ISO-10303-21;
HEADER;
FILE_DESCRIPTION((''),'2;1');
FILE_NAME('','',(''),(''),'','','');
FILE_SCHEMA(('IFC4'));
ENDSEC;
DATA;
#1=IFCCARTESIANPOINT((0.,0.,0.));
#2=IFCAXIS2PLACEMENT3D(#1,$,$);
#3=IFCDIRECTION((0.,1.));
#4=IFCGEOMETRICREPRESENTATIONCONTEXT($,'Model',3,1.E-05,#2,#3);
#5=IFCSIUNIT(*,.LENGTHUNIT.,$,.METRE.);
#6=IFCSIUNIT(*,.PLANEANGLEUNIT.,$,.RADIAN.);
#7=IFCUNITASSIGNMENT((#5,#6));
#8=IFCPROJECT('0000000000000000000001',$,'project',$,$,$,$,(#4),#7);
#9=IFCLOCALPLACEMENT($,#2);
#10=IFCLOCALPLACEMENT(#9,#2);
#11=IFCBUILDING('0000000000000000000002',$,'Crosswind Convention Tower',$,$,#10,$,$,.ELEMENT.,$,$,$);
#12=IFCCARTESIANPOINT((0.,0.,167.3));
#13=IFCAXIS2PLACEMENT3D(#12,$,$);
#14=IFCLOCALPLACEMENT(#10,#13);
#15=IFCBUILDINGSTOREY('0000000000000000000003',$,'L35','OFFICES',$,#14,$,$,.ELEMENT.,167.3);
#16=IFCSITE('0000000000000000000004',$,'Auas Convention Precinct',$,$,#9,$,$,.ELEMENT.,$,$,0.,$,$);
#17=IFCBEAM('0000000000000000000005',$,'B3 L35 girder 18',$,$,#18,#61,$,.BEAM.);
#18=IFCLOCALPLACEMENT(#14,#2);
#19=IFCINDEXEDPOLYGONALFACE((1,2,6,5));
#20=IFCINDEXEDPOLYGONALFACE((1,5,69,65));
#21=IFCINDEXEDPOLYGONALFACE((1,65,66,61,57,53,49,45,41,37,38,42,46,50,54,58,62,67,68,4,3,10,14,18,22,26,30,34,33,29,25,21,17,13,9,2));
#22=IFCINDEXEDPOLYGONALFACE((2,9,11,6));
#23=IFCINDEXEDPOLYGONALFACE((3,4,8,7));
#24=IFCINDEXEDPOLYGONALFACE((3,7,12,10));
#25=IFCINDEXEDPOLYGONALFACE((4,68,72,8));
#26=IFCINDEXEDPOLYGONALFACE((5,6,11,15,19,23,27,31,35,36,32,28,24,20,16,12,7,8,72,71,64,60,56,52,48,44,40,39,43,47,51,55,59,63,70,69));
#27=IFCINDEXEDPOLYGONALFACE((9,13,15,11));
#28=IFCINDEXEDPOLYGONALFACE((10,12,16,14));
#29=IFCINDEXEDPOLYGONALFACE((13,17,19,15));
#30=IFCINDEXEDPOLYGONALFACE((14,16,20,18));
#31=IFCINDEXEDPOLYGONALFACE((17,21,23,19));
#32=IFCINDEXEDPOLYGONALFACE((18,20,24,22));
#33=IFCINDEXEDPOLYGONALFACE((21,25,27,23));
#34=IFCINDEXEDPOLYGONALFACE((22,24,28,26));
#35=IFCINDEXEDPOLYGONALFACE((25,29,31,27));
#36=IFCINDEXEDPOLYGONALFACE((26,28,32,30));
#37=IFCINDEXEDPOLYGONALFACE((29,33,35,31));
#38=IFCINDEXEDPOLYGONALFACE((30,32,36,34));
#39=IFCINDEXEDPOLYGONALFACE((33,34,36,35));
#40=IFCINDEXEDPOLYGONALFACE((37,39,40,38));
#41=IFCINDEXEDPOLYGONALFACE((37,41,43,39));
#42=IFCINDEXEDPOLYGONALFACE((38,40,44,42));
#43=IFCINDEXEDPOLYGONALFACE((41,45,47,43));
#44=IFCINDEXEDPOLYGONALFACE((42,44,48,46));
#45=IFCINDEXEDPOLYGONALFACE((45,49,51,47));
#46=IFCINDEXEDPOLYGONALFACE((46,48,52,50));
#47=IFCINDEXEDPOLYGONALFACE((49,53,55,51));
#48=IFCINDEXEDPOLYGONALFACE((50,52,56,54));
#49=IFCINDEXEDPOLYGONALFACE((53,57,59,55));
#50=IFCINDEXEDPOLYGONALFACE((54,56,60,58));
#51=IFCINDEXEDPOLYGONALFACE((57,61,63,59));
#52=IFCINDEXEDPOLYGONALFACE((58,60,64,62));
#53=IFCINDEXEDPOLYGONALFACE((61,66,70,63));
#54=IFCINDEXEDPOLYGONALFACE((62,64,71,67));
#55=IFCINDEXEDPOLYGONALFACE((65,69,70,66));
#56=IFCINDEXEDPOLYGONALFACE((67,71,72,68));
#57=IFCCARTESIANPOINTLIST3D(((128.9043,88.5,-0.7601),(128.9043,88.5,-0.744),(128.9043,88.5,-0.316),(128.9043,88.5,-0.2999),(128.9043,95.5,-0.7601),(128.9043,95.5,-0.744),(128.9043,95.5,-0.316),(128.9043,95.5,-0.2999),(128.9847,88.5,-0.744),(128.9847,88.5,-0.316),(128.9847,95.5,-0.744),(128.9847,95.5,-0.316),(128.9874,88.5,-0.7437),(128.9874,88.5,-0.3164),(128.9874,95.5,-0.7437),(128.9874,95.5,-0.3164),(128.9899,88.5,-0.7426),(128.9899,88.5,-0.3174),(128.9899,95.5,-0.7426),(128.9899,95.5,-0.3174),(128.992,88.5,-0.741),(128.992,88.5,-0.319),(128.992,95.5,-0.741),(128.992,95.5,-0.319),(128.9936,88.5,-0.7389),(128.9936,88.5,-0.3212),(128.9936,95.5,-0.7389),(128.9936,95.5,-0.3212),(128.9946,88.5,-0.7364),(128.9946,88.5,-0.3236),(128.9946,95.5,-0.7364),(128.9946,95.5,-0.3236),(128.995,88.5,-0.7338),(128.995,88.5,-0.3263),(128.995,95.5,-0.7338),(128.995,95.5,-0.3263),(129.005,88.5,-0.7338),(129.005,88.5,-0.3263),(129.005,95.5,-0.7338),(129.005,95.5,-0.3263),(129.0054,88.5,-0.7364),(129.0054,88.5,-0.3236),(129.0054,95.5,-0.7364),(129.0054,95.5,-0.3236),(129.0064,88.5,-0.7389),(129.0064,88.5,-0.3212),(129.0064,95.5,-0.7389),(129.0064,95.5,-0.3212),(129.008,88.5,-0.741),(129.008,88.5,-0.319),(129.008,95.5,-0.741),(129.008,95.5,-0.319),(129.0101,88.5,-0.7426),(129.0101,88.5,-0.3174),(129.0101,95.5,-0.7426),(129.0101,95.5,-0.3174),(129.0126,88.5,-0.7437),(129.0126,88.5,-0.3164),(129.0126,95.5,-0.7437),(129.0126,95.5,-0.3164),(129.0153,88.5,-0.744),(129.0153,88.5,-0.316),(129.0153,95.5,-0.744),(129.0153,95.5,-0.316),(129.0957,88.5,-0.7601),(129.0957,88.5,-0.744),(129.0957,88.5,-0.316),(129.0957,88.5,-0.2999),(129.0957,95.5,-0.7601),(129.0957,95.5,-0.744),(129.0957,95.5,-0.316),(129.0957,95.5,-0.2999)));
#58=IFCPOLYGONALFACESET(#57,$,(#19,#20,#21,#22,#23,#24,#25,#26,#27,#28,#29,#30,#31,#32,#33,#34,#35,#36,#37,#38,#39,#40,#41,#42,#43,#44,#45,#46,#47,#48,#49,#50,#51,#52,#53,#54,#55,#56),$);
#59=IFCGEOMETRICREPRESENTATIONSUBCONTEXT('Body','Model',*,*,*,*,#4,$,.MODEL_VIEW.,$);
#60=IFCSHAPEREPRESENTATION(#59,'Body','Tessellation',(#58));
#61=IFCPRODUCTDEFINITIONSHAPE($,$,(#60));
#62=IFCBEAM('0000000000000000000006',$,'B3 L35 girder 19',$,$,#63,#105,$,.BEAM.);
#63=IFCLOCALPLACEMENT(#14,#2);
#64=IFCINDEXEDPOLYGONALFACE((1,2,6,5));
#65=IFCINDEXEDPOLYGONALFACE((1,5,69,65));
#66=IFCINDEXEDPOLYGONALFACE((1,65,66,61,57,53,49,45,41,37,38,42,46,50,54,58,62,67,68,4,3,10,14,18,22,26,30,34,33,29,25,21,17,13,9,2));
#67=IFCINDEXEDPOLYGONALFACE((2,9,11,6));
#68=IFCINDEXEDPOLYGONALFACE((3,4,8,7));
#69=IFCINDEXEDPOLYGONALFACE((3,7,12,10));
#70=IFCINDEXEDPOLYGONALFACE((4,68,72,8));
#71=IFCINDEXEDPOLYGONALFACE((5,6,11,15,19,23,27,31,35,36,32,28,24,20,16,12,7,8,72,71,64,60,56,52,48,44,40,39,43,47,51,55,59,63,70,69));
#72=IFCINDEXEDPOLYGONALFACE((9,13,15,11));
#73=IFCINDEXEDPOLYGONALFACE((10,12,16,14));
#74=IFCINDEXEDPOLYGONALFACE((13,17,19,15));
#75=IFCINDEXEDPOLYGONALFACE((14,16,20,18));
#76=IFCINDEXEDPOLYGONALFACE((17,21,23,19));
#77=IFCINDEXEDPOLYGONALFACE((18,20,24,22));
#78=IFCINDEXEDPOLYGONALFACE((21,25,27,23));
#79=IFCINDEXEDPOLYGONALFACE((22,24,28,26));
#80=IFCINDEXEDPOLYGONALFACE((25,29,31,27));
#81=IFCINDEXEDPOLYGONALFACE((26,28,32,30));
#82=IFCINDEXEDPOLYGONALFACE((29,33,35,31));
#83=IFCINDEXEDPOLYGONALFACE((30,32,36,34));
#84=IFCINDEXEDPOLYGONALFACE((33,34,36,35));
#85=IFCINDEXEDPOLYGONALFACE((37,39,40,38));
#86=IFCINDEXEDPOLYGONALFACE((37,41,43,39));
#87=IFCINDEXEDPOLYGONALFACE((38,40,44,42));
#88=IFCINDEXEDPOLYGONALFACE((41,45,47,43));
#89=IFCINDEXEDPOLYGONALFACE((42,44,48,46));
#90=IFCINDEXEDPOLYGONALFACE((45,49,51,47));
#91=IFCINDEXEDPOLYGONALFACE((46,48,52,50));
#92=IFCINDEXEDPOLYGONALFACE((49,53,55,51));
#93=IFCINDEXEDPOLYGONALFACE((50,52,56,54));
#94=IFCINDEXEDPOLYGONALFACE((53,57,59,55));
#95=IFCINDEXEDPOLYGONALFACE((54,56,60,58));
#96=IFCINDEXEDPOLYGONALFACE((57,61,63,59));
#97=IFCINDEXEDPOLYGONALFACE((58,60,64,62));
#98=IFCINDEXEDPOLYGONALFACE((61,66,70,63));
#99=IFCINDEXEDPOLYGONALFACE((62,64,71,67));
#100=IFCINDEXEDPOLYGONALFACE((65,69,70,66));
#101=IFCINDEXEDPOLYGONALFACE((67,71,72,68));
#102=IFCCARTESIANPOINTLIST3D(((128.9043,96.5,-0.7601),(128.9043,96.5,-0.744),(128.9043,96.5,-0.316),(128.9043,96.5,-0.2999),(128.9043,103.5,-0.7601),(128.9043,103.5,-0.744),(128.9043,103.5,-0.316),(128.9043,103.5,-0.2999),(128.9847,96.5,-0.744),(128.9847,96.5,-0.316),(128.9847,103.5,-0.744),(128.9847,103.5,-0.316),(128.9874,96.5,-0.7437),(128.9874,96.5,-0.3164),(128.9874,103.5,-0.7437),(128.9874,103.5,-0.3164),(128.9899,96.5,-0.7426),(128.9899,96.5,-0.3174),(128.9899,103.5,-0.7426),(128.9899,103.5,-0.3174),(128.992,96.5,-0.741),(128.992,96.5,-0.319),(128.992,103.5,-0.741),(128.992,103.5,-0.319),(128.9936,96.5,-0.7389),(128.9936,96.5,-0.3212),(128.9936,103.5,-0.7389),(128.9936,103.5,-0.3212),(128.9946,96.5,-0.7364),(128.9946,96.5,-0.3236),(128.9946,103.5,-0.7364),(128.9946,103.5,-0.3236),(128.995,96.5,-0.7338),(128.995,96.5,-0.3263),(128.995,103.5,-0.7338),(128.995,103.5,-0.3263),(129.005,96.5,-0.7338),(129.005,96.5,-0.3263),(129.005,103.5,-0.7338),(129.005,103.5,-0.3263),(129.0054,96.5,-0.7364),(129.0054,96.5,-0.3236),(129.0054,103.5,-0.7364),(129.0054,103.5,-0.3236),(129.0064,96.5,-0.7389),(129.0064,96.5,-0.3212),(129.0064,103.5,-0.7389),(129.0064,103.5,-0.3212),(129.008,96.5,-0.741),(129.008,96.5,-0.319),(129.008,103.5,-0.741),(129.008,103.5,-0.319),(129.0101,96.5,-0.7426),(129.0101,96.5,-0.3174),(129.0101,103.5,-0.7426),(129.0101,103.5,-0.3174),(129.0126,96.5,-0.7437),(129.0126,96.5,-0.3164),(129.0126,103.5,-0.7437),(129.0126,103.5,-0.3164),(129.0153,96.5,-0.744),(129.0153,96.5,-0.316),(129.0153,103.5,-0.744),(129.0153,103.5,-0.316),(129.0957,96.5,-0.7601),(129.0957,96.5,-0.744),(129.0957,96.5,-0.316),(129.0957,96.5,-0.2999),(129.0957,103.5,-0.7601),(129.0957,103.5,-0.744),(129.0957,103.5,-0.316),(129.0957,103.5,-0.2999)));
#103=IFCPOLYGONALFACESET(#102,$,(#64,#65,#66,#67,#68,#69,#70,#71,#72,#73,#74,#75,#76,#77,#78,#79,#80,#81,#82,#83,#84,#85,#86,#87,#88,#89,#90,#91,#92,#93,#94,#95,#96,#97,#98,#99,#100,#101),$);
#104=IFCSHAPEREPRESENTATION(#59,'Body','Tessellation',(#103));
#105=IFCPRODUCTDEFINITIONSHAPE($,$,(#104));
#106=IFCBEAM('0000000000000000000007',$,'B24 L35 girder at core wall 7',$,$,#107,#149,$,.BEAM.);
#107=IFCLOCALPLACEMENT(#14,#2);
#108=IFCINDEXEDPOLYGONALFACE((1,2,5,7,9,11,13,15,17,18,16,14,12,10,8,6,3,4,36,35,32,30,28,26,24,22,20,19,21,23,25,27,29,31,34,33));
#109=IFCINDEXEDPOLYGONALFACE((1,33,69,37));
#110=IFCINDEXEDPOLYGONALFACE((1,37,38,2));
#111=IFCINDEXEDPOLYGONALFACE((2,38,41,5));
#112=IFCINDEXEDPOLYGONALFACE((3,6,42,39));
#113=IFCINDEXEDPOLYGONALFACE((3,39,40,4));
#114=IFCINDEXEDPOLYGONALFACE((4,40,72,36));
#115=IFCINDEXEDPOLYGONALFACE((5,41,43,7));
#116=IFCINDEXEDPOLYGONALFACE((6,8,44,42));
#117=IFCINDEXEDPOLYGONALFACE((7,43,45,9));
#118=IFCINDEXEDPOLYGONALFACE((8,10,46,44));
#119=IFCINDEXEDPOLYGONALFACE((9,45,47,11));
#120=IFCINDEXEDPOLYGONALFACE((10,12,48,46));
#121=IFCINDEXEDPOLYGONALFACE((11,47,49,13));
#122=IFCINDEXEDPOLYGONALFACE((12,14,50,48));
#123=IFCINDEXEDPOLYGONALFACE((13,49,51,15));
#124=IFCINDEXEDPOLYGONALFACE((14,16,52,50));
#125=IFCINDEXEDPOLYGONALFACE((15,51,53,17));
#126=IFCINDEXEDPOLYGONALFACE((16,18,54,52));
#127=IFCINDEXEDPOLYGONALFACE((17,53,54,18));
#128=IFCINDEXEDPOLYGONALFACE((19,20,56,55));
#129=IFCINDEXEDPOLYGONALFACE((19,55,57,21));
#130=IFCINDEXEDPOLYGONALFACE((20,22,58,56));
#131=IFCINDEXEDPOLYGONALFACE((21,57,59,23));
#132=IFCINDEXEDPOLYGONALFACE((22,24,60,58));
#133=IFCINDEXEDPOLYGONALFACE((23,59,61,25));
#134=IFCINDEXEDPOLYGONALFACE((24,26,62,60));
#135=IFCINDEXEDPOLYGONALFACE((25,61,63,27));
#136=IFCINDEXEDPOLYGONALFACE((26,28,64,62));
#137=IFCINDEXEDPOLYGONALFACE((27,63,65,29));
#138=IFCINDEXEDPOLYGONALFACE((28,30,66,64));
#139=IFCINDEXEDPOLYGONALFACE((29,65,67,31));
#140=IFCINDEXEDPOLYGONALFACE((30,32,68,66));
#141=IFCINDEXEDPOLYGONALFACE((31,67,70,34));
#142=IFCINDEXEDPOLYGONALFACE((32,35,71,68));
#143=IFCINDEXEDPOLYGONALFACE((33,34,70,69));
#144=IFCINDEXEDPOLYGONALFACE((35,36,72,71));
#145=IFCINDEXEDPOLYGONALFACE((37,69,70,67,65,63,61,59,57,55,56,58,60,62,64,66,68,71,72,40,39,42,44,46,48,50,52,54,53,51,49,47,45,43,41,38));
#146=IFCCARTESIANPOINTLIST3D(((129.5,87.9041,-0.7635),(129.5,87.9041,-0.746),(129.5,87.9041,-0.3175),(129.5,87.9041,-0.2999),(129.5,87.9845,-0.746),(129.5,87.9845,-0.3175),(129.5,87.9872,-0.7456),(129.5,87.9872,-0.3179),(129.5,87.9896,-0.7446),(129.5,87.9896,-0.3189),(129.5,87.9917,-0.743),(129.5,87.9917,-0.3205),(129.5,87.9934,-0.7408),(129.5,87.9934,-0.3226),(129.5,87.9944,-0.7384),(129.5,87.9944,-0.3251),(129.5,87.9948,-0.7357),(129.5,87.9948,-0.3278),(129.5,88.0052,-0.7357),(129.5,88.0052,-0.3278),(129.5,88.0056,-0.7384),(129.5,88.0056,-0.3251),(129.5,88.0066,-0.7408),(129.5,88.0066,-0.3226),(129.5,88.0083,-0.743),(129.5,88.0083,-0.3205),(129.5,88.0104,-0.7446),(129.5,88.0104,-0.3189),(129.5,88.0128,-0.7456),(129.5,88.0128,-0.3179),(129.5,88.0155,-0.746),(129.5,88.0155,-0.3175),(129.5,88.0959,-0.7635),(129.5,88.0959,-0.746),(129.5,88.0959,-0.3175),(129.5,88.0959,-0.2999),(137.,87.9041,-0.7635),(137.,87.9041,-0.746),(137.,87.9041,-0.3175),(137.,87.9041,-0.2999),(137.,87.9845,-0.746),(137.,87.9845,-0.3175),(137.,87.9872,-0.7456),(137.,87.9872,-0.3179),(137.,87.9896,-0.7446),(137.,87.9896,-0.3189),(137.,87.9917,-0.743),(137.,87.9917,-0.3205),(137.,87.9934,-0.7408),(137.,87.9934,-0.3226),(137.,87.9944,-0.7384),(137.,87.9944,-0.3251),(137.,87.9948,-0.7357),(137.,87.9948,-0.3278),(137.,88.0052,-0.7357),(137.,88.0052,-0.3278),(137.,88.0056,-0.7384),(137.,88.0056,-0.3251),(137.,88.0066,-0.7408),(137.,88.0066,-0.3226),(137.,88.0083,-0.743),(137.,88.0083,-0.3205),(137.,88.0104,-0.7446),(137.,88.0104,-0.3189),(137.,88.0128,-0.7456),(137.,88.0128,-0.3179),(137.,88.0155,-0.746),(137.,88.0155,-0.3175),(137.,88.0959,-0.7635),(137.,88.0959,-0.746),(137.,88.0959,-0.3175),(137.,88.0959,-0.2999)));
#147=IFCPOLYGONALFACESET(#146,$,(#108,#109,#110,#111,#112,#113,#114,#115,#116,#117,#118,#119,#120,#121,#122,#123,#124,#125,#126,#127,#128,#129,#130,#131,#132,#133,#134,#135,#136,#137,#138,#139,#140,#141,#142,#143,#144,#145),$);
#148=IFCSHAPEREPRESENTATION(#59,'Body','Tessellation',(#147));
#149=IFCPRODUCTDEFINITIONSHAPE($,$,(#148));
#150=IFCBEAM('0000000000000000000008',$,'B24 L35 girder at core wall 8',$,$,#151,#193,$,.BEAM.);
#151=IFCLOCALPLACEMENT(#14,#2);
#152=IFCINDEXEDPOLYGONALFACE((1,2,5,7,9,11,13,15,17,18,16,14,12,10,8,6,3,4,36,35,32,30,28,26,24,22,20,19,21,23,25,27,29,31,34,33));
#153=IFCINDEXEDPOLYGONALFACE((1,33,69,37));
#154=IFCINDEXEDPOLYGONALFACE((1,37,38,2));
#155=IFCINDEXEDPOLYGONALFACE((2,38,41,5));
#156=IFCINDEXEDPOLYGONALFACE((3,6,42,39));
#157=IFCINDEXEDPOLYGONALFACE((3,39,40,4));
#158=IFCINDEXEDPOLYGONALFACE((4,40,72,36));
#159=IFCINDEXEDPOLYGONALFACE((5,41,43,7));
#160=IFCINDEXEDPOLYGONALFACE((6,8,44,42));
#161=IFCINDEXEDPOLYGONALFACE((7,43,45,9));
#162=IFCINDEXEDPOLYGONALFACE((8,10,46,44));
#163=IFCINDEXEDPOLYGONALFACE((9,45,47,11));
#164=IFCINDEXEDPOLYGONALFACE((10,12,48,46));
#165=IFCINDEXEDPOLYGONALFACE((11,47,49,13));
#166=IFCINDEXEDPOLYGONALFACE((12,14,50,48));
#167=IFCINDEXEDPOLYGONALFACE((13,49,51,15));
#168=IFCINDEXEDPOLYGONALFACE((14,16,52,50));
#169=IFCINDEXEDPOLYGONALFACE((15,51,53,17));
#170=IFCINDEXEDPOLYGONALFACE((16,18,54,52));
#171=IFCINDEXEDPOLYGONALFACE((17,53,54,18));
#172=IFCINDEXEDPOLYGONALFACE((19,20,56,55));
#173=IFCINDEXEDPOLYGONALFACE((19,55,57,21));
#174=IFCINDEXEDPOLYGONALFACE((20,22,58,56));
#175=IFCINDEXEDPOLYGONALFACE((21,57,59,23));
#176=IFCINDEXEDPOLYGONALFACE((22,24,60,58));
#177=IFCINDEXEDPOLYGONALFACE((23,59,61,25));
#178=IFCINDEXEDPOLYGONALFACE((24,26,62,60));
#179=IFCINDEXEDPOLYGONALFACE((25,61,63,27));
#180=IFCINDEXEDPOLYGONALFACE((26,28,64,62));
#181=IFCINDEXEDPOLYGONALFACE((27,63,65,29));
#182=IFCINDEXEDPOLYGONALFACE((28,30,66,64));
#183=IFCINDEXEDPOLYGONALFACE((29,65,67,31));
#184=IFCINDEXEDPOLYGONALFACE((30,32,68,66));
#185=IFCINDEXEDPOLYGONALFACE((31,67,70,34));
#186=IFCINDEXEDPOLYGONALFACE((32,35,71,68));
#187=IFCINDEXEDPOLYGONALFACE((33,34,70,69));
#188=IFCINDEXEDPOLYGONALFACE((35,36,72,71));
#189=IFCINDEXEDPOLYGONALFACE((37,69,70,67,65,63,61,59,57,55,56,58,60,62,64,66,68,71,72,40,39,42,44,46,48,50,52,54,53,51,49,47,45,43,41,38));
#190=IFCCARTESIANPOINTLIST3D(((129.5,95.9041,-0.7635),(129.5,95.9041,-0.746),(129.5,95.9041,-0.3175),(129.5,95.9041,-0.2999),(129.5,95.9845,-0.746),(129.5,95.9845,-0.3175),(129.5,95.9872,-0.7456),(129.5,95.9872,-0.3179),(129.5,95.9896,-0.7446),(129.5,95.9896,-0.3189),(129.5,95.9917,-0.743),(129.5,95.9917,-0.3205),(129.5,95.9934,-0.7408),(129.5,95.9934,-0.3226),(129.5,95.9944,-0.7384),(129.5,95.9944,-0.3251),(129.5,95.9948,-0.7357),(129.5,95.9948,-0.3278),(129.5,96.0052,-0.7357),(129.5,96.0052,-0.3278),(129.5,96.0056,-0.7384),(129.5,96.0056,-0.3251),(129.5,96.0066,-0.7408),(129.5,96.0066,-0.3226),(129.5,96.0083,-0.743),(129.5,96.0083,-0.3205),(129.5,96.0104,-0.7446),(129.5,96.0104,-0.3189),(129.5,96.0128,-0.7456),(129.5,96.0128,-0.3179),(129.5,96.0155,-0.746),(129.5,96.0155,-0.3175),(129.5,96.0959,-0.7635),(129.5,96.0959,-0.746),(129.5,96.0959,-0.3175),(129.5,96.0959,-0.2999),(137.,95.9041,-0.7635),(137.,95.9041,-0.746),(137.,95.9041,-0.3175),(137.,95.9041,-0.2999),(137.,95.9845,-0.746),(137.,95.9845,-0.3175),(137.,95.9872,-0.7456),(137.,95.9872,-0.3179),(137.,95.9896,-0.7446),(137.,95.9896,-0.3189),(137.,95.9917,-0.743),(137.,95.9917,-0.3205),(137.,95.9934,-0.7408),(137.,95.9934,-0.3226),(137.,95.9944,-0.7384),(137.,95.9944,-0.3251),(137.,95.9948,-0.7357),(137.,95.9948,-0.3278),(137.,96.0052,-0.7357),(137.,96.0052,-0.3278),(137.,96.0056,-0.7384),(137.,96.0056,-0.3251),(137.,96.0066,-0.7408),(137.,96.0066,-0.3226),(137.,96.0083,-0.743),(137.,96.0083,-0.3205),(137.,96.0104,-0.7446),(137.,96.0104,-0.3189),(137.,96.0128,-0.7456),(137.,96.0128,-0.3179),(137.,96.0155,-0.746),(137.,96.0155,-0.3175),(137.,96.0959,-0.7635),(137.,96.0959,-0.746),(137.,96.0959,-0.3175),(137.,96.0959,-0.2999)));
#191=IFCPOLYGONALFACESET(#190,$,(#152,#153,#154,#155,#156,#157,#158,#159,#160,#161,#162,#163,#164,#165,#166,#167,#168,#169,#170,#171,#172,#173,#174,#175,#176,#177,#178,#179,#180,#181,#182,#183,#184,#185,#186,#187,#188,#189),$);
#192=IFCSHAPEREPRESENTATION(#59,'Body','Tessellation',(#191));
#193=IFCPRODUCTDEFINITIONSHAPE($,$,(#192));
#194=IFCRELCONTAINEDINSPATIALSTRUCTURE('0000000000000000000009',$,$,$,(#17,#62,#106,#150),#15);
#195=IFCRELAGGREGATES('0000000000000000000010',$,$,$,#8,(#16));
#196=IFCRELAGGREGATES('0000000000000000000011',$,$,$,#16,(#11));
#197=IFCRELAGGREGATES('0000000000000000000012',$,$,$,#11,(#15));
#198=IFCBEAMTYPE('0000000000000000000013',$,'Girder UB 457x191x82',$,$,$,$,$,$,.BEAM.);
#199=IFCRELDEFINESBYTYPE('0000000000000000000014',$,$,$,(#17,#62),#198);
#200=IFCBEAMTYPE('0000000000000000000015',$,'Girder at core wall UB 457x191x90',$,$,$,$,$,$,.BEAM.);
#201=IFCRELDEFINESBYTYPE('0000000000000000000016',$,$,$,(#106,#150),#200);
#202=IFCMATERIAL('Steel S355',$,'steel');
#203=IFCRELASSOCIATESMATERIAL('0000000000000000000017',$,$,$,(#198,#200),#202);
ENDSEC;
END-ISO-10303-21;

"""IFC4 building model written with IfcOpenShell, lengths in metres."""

from ifc_helpers import new_model, si_unit, direction, frame, origin, origin_2d, place, context, subcontext, project, spatial, i_section, extrude, material, material_profile, profile_set, type_object, element, save


model = new_model("IFC4")

# Units and contexts
model_context = context("Model", 3, precision=1e-05, world=origin(), true_north=direction((0.0, 1.0)))
body_context = subcontext(model_context, "Body", "Model", "MODEL_VIEW")
ifc_project = project(units=[si_unit("LENGTHUNIT", "METRE"), si_unit("PLANEANGLEUNIT", "RADIAN")], contexts=[model_context])

# Site, building, storey
site_placement = place(None, origin())
site = spatial("IfcSite", under=ifc_project, at=site_placement, Name="Auas Convention Precinct", CompositionType="ELEMENT", RefElevation=0.0)
building_placement = place(site_placement, origin())
building = spatial("IfcBuilding", under=site, at=building_placement, Name="Crosswind Convention Tower", CompositionType="ELEMENT")
storey_placement = place(building_placement, frame((0.0, 0.0, 167.3)))
storey = spatial("IfcBuildingStorey", under=building, at=storey_placement, Name="L35", Description="OFFICES", CompositionType="ELEMENT", Elevation=167.3)

# Beams
ifc_material_1 = material(Name="Steel S355", Category="steel")
ifc_material_profile_1 = material_profile(ifc_material_1, i_section(OverallWidth=0.1914, OverallDepth=0.4602, WebThickness=0.01, FlangeThickness=0.0161, FilletRadius=0.0103, at=origin_2d()), Name="UB 457x191x82")
ifc_profile_set_1 = profile_set([ifc_material_profile_1], Name="Steel S355")
beam_type_1 = type_object("IfcBeamType", Name="Girder UB 457x191x82", PredefinedType="BEAM", material=ifc_profile_set_1)
for number, where, z_axis, x_axis, name in (
    (1, (129.0, 88.5, -0.53), (0.0, 1.0, 0.0), (-1.0, 0.0, 0.0), "B3 L35 girder 18"),
    (2, (129.0, 96.5, -0.53), (0.0, 1.0, 0.0), (-1.0, 0.0, 0.0), "B3 L35 girder 19"),
):
    element("IfcBeam", number, at=place(storey_placement, frame(where, z_axis=z_axis, x_axis=x_axis)), inside=storey, type_object=beam_type_1, Name=name, PredefinedType="BEAM", context=body_context, shape_type="SweptSolid", body=[
        extrude(i_section(OverallWidth=0.1914, OverallDepth=0.4602, WebThickness=0.01, FlangeThickness=0.0161, FilletRadius=0.0103, at=origin_2d()), origin(), (0.0, 0.0, 1.0), 7.0),
    ])
ifc_material_profile_2 = material_profile(ifc_material_1, i_section(OverallWidth=0.1919, OverallDepth=0.4636, WebThickness=0.0105, FlangeThickness=0.0176, FilletRadius=0.0103, at=origin_2d()), Name="UB 457x191x90")
ifc_profile_set_2 = profile_set([ifc_material_profile_2], Name="Steel S355")
beam_type_2 = type_object("IfcBeamType", Name="Girder at core wall UB 457x191x90", PredefinedType="BEAM", material=ifc_profile_set_2)
for number, where, z_axis, x_axis, name in (
    (3, (129.5, 88.0, -0.5317), (1.0, 0.0, 0.0), (0.0, 1.0, 0.0), "B24 L35 girder at core wall 7"),
    (4, (129.5, 96.0, -0.5317), (1.0, 0.0, 0.0), (0.0, 1.0, 0.0), "B24 L35 girder at core wall 8"),
):
    element("IfcBeam", number, at=place(storey_placement, frame(where, z_axis=z_axis, x_axis=x_axis)), inside=storey, type_object=beam_type_2, Name=name, PredefinedType="BEAM", context=body_context, shape_type="SweptSolid", body=[
        extrude(i_section(OverallWidth=0.1919, OverallDepth=0.4636, WebThickness=0.0105, FlangeThickness=0.0176, FilletRadius=0.0103, at=origin_2d()), origin(), (0.0, 0.0, 1.0), 7.5),
    ])

save(model, "model.ifc")
